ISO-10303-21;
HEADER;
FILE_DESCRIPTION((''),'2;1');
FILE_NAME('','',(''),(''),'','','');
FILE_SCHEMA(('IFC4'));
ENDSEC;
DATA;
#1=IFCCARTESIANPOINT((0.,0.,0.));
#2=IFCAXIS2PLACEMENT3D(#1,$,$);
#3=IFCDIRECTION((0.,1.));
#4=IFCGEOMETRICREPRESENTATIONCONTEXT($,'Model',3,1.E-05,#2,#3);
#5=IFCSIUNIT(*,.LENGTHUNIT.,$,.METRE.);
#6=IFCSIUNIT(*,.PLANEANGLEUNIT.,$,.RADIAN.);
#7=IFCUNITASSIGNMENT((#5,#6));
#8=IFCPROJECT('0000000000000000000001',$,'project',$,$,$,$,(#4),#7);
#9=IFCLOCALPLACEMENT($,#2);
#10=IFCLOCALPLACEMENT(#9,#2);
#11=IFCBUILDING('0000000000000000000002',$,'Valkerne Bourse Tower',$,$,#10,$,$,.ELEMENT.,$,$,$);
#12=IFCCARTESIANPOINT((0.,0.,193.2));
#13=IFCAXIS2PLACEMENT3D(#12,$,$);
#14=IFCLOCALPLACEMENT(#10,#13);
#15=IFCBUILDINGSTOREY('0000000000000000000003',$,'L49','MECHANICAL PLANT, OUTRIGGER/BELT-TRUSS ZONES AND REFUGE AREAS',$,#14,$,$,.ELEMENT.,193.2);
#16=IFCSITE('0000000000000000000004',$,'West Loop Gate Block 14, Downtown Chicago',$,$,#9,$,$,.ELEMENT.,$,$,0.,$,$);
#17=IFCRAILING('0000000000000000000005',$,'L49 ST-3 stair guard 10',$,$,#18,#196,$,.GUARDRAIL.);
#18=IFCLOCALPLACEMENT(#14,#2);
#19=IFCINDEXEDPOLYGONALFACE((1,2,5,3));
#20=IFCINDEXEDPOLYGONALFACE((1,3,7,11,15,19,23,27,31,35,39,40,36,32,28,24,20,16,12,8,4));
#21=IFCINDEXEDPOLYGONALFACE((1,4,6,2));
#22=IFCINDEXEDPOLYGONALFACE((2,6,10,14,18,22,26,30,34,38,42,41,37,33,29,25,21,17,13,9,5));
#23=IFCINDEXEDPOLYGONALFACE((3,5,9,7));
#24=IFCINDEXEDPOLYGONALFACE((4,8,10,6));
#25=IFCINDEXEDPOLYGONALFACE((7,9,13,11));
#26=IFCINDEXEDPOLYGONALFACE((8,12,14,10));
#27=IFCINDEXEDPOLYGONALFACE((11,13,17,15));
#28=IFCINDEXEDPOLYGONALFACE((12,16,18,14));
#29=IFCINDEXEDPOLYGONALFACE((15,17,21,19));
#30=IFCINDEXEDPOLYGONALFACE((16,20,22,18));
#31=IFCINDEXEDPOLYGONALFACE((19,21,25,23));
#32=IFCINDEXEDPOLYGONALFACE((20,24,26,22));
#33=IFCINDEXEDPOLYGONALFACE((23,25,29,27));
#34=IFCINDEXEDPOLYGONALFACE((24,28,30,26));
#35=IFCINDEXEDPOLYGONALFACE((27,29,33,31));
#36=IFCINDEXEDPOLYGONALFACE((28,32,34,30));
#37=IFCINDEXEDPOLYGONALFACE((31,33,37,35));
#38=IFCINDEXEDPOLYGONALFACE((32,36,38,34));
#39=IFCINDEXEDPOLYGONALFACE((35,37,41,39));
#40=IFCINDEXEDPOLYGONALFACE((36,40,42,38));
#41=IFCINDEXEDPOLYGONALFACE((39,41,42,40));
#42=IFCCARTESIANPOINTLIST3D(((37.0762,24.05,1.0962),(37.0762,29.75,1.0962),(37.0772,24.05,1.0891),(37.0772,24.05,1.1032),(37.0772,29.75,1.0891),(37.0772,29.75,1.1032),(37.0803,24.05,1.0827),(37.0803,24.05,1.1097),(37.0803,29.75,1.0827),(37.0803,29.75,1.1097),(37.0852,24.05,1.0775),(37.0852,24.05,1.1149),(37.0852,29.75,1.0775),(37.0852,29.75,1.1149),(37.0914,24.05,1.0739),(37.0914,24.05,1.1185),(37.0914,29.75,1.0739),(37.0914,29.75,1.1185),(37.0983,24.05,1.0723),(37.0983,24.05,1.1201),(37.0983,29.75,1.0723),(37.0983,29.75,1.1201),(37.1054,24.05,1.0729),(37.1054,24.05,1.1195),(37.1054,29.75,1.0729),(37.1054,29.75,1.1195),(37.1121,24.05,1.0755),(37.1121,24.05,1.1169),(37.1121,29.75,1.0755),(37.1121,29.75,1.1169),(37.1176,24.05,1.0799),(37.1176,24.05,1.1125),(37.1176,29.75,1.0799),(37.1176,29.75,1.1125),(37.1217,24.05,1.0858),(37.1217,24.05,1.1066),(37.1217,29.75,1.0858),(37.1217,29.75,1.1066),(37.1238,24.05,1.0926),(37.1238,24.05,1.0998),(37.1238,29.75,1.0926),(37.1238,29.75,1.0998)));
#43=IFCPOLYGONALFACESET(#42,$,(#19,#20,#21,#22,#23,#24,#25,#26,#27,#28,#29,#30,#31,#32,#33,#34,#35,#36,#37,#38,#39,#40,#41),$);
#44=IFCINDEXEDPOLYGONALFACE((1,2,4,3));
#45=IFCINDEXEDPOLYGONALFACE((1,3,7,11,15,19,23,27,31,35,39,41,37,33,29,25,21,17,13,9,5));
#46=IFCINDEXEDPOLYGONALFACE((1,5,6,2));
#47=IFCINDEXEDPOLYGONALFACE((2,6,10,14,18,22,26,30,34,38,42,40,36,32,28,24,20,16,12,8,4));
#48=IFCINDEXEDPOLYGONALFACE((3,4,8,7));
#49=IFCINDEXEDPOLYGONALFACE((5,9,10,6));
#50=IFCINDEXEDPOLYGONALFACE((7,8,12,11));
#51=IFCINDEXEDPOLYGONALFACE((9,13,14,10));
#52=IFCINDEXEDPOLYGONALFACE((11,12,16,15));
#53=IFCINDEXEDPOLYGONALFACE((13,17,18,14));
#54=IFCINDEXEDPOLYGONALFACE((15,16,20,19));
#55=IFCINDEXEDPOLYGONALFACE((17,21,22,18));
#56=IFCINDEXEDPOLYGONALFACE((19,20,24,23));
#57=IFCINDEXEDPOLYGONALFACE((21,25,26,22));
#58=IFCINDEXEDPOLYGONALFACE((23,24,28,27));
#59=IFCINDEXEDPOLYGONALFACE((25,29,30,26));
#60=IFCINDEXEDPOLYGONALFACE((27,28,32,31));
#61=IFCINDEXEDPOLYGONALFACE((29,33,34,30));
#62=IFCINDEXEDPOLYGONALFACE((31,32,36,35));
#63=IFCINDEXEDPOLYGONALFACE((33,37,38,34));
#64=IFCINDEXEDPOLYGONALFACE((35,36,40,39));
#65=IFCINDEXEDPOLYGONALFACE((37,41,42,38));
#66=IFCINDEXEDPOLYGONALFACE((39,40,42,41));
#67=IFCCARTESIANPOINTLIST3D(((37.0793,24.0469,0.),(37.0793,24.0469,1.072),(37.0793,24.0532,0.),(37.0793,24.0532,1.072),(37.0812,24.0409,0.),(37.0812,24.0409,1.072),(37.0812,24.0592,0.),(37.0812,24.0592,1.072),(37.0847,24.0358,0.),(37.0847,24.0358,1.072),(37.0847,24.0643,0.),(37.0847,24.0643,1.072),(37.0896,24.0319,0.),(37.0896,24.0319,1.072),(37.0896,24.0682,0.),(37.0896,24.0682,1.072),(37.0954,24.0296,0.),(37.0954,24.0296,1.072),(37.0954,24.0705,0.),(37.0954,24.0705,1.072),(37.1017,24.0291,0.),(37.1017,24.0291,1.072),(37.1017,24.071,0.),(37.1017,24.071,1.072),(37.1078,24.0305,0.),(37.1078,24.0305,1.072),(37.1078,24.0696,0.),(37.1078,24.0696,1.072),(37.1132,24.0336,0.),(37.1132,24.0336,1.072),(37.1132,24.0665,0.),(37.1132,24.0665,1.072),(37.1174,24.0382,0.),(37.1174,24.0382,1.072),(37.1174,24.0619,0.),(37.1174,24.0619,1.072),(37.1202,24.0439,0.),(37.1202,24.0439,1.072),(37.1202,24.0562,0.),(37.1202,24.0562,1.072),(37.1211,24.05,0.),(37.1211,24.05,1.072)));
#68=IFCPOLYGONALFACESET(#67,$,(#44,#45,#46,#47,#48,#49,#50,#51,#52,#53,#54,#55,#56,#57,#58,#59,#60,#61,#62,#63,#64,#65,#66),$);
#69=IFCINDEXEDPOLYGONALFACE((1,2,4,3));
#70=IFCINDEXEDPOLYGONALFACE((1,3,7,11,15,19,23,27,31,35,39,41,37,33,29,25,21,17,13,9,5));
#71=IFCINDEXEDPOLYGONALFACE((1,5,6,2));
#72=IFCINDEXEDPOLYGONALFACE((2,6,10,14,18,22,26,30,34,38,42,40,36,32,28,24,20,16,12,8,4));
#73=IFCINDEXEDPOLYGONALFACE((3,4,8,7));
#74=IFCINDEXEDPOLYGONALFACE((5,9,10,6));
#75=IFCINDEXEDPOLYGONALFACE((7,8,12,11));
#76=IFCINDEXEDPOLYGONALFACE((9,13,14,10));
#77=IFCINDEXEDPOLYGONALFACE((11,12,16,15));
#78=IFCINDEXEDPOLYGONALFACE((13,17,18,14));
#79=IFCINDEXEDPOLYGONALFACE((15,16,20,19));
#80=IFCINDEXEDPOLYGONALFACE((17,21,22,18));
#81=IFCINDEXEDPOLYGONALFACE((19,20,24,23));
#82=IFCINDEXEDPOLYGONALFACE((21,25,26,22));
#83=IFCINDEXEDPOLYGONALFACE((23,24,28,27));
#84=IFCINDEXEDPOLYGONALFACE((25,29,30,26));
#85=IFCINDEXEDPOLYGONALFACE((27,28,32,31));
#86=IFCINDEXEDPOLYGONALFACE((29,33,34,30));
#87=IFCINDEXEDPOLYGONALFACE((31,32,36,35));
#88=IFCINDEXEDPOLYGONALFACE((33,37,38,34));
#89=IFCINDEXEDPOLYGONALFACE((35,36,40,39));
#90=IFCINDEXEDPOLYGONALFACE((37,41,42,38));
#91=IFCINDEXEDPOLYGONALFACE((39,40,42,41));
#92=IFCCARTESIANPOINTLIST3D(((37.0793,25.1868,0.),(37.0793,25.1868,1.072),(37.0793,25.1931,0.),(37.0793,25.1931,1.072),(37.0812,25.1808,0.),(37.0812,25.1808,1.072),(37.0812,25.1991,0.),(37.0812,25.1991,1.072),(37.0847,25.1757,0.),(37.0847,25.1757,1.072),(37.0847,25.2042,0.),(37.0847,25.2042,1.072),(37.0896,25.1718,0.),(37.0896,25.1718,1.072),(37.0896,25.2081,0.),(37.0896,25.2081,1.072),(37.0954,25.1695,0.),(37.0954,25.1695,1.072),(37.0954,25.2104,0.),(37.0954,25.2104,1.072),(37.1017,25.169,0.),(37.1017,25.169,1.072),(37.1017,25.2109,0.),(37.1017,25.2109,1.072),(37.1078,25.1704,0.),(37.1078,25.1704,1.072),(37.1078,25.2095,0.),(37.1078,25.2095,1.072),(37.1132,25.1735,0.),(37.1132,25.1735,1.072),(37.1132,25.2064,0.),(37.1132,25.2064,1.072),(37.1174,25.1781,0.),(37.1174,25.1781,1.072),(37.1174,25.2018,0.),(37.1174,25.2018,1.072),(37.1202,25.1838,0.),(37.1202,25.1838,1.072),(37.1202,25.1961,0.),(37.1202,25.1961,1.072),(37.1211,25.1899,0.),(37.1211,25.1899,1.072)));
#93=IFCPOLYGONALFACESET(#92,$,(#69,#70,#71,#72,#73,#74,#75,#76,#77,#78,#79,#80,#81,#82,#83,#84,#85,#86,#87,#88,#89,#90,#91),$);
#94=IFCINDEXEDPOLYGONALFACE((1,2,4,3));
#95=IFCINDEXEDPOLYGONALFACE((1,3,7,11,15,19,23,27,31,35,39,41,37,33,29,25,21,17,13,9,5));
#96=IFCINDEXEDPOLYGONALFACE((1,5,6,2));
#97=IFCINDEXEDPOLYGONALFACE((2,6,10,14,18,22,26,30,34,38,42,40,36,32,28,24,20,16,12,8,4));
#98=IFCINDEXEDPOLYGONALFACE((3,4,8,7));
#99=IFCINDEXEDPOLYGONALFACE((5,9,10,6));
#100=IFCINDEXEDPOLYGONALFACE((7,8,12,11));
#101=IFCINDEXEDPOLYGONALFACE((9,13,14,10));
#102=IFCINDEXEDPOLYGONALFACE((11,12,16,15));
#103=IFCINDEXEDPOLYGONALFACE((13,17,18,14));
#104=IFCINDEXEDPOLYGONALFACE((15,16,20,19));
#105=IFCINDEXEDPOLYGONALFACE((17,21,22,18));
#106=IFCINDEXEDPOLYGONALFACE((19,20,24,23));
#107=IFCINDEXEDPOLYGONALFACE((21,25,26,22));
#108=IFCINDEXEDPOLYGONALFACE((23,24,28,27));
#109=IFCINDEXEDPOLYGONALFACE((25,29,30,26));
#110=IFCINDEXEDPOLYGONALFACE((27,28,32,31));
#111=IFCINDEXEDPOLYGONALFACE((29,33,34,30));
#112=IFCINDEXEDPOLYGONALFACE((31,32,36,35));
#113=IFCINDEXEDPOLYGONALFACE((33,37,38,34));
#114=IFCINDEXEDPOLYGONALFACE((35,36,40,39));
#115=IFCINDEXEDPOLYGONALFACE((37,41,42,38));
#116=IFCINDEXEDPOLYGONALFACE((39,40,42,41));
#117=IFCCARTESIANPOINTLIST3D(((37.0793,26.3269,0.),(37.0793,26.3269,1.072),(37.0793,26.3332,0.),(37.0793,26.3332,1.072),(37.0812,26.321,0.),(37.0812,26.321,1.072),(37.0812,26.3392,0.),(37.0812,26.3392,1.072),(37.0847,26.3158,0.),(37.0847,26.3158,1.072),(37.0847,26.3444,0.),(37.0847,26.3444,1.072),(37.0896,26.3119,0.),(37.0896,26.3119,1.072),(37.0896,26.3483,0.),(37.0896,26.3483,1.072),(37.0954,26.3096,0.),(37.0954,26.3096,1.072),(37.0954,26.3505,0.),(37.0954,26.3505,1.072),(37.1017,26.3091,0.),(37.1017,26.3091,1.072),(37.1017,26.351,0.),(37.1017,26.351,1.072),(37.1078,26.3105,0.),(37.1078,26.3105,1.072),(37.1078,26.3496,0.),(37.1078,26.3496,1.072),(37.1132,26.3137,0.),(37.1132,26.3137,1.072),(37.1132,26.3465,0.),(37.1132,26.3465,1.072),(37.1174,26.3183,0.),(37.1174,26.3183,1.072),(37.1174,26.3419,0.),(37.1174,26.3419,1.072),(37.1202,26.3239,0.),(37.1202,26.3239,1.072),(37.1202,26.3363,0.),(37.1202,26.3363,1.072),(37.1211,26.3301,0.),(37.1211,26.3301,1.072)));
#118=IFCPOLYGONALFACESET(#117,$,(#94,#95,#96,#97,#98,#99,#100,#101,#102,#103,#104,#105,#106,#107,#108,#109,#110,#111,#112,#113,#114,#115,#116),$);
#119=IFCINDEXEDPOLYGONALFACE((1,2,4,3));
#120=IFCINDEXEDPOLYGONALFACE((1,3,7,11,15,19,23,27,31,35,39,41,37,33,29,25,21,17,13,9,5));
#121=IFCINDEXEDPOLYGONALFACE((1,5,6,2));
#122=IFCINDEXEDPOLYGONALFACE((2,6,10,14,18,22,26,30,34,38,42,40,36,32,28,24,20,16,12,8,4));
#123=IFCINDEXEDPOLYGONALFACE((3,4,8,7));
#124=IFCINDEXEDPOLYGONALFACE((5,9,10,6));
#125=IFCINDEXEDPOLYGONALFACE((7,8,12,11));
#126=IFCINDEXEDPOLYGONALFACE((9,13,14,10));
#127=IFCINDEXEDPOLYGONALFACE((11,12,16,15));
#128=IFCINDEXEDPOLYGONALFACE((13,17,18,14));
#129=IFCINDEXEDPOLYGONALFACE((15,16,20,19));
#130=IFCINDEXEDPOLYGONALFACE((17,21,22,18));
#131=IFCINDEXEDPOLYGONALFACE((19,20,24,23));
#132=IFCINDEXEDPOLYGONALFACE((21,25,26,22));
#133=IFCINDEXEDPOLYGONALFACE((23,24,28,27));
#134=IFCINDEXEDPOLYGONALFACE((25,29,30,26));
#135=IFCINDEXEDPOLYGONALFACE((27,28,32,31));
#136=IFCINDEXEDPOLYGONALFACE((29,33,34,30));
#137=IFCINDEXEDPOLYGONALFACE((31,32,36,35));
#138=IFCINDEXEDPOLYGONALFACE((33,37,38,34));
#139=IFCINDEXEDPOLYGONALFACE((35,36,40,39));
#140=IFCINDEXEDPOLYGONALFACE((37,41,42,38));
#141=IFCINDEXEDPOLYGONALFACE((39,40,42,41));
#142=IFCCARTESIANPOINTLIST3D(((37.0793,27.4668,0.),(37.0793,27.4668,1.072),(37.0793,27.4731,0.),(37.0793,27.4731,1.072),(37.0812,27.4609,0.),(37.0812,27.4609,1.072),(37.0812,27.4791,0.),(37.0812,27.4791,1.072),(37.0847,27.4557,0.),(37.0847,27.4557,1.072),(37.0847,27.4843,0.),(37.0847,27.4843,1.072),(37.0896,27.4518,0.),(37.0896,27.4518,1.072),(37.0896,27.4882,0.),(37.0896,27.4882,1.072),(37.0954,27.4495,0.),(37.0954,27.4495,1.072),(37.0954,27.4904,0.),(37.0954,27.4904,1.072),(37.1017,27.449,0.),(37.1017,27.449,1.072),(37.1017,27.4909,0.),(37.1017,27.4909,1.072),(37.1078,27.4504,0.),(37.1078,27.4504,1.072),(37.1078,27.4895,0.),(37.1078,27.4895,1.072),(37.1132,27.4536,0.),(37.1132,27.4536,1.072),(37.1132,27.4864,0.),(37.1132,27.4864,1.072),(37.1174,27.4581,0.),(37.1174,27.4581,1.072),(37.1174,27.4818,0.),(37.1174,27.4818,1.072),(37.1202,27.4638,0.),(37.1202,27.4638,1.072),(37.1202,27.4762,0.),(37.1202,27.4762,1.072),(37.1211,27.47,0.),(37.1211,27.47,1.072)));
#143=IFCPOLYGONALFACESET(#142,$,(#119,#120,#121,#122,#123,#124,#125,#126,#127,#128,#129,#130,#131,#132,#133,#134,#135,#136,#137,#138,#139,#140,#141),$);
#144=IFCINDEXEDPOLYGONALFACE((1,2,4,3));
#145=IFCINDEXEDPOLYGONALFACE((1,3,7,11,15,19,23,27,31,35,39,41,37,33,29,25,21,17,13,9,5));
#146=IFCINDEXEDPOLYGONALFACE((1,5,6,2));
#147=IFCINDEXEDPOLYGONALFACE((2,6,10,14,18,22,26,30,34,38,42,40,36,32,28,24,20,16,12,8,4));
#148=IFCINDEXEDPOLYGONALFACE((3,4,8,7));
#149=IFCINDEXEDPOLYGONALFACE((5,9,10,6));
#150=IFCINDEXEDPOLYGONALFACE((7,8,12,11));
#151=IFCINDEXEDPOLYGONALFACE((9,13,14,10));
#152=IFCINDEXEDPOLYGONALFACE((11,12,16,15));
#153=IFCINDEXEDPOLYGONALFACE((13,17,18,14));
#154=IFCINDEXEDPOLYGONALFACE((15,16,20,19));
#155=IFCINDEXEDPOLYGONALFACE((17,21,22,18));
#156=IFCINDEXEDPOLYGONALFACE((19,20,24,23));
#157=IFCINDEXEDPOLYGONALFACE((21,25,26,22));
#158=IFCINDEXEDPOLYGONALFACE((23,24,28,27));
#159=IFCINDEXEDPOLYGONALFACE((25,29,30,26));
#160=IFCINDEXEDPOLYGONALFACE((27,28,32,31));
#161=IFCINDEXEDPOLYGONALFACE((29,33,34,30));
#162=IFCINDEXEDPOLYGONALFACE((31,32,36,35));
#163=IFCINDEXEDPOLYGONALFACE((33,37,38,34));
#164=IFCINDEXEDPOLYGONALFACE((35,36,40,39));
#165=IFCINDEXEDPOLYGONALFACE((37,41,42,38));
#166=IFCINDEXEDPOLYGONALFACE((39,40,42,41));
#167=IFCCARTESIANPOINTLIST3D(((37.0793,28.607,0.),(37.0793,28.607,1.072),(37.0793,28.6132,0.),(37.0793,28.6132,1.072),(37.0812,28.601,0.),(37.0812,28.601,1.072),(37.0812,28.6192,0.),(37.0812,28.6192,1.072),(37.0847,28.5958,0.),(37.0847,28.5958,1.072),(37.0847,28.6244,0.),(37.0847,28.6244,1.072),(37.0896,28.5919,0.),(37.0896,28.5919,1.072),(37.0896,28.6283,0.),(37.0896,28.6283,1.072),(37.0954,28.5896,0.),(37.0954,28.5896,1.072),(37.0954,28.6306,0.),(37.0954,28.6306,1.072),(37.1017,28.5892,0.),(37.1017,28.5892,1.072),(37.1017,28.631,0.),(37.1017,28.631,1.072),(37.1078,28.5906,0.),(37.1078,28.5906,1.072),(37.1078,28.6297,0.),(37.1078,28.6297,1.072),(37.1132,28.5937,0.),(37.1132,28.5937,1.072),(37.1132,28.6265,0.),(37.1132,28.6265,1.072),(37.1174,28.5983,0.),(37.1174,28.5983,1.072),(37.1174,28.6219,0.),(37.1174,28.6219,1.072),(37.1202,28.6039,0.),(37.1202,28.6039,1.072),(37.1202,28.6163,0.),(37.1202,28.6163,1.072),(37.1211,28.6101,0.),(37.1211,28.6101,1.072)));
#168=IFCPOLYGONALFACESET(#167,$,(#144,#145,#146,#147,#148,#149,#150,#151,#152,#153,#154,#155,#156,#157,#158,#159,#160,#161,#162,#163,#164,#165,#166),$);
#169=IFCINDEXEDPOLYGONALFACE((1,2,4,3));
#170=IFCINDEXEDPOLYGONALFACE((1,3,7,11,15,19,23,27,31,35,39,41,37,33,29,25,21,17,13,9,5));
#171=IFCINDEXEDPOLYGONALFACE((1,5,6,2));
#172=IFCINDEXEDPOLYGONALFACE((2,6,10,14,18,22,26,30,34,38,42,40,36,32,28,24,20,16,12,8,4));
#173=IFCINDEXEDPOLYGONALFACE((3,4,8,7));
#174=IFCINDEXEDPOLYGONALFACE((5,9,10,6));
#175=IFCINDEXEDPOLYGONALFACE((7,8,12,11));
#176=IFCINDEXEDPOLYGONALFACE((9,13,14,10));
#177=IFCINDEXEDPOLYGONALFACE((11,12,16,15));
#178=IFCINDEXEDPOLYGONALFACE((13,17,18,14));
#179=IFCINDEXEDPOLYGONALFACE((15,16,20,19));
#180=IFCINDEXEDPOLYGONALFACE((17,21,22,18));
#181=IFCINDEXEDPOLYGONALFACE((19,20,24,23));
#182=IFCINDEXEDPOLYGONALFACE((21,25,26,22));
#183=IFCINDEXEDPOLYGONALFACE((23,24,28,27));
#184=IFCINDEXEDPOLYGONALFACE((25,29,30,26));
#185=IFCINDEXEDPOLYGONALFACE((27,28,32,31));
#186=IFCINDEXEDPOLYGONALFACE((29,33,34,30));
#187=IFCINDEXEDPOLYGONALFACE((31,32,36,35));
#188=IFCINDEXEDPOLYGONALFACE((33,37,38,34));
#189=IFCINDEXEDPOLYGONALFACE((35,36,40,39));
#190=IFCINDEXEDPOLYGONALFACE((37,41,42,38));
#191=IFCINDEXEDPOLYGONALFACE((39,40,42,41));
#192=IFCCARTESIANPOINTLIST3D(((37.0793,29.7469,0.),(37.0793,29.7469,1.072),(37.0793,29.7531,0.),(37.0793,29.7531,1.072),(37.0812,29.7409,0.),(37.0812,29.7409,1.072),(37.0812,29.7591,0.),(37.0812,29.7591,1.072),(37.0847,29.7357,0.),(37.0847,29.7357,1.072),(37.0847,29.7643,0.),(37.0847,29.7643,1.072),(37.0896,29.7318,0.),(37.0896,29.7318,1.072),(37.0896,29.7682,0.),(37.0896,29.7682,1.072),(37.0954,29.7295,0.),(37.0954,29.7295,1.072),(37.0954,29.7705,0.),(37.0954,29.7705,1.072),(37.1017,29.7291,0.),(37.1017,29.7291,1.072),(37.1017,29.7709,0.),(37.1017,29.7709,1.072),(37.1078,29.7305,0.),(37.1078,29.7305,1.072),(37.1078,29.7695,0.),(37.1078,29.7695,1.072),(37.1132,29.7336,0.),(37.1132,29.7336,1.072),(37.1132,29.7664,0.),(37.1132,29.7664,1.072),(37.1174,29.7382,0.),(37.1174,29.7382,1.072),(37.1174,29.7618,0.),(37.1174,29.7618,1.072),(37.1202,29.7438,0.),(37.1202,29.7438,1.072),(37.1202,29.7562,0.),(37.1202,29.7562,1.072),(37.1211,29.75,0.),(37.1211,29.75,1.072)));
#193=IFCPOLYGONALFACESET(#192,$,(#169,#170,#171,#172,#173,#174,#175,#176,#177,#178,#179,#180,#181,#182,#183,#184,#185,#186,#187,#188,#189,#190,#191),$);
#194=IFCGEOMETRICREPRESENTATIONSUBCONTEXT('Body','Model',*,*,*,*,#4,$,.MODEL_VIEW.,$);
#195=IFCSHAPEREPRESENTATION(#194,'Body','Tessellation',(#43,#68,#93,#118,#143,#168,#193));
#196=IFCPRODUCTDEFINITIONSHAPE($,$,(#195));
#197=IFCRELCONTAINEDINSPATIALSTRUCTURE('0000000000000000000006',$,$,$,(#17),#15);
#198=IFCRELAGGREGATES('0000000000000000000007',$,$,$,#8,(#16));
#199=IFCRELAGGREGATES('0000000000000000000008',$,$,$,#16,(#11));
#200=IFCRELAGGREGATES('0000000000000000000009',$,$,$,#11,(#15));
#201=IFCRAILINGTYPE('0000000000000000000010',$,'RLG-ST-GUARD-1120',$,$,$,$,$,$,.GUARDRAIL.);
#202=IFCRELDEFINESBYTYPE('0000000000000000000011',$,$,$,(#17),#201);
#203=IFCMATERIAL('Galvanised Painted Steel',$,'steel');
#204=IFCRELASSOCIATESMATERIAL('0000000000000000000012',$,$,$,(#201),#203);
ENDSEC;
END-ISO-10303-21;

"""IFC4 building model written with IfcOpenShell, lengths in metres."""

from ifc_helpers import new_model, si_unit, direction, frame, origin, origin_2d, place, context, subcontext, project, spatial, circle, extrude, material, type_object, element, save


model = new_model("IFC4")

# Units and contexts
model_context = context("Model", 3, precision=1e-05, world=origin(), true_north=direction((0.0, 1.0)))
body_context = subcontext(model_context, "Body", "Model", "MODEL_VIEW")
ifc_project = project(units=[si_unit("LENGTHUNIT", "METRE"), si_unit("PLANEANGLEUNIT", "RADIAN")], contexts=[model_context])

# Site, building, storey
site_placement = place(None, origin())
site = spatial("IfcSite", under=ifc_project, at=site_placement, Name="West Loop Gate Block 14, Downtown Chicago", CompositionType="ELEMENT", RefElevation=0.0)
building_placement = place(site_placement, origin())
building = spatial("IfcBuilding", under=site, at=building_placement, Name="Valkerne Bourse Tower", CompositionType="ELEMENT")
storey_placement = place(building_placement, frame((0.0, 0.0, 193.2)))
storey = spatial("IfcBuildingStorey", under=building, at=storey_placement, Name="L49", Description="MECHANICAL PLANT, OUTRIGGER/BELT-TRUSS ZONES AND REFUGE AREAS", CompositionType="ELEMENT", Elevation=193.2)

# Shared definitions
ifc_material_1 = material(Name="Galvanised Painted Steel", Category="steel")

# Railing
railing_type = type_object("IfcRailingType", Name="RLG-ST-GUARD-1120", PredefinedType="GUARDRAIL", material=ifc_material_1)
for number, where, name in (
    (1, (37.1001, 24.05, 0.0), "L49 ST-3 stair guard 10"),
):
    element("IfcRailing", number, at=place(storey_placement, frame(where)), inside=storey, type_object=railing_type, Name=name, PredefinedType="GUARDRAIL", context=body_context, shape_type="SweptSolid", body=[
        extrude(circle(Radius=0.0239, at=origin_2d()), frame((0.0, 0.0, 1.0962), z_axis=(0.0, 1.0, 0.0), x_axis=(-1.0, 0.0, 0.0)), (0.0, 0.0, 1.0), 5.7),
        extrude(circle(Radius=0.021, at=origin_2d()), origin(), (0.0, 0.0, 1.0), 1.072),
        extrude(circle(Radius=0.021, at=origin_2d()), frame((0.0, 1.1399, 0.0)), (0.0, 0.0, 1.0), 1.072),
        extrude(circle(Radius=0.021, at=origin_2d()), frame((0.0, 2.28, 0.0)), (0.0, 0.0, 1.0), 1.072),
        extrude(circle(Radius=0.021, at=origin_2d()), frame((0.0, 3.4199, 0.0)), (0.0, 0.0, 1.0), 1.072),
        extrude(circle(Radius=0.021, at=origin_2d()), frame((0.0, 4.5601, 0.0)), (0.0, 0.0, 1.0), 1.072),
        extrude(circle(Radius=0.021, at=origin_2d()), frame((0.0, 5.7, 0.0)), (0.0, 0.0, 1.0), 1.072),
    ])

save(model, "model.ifc")
